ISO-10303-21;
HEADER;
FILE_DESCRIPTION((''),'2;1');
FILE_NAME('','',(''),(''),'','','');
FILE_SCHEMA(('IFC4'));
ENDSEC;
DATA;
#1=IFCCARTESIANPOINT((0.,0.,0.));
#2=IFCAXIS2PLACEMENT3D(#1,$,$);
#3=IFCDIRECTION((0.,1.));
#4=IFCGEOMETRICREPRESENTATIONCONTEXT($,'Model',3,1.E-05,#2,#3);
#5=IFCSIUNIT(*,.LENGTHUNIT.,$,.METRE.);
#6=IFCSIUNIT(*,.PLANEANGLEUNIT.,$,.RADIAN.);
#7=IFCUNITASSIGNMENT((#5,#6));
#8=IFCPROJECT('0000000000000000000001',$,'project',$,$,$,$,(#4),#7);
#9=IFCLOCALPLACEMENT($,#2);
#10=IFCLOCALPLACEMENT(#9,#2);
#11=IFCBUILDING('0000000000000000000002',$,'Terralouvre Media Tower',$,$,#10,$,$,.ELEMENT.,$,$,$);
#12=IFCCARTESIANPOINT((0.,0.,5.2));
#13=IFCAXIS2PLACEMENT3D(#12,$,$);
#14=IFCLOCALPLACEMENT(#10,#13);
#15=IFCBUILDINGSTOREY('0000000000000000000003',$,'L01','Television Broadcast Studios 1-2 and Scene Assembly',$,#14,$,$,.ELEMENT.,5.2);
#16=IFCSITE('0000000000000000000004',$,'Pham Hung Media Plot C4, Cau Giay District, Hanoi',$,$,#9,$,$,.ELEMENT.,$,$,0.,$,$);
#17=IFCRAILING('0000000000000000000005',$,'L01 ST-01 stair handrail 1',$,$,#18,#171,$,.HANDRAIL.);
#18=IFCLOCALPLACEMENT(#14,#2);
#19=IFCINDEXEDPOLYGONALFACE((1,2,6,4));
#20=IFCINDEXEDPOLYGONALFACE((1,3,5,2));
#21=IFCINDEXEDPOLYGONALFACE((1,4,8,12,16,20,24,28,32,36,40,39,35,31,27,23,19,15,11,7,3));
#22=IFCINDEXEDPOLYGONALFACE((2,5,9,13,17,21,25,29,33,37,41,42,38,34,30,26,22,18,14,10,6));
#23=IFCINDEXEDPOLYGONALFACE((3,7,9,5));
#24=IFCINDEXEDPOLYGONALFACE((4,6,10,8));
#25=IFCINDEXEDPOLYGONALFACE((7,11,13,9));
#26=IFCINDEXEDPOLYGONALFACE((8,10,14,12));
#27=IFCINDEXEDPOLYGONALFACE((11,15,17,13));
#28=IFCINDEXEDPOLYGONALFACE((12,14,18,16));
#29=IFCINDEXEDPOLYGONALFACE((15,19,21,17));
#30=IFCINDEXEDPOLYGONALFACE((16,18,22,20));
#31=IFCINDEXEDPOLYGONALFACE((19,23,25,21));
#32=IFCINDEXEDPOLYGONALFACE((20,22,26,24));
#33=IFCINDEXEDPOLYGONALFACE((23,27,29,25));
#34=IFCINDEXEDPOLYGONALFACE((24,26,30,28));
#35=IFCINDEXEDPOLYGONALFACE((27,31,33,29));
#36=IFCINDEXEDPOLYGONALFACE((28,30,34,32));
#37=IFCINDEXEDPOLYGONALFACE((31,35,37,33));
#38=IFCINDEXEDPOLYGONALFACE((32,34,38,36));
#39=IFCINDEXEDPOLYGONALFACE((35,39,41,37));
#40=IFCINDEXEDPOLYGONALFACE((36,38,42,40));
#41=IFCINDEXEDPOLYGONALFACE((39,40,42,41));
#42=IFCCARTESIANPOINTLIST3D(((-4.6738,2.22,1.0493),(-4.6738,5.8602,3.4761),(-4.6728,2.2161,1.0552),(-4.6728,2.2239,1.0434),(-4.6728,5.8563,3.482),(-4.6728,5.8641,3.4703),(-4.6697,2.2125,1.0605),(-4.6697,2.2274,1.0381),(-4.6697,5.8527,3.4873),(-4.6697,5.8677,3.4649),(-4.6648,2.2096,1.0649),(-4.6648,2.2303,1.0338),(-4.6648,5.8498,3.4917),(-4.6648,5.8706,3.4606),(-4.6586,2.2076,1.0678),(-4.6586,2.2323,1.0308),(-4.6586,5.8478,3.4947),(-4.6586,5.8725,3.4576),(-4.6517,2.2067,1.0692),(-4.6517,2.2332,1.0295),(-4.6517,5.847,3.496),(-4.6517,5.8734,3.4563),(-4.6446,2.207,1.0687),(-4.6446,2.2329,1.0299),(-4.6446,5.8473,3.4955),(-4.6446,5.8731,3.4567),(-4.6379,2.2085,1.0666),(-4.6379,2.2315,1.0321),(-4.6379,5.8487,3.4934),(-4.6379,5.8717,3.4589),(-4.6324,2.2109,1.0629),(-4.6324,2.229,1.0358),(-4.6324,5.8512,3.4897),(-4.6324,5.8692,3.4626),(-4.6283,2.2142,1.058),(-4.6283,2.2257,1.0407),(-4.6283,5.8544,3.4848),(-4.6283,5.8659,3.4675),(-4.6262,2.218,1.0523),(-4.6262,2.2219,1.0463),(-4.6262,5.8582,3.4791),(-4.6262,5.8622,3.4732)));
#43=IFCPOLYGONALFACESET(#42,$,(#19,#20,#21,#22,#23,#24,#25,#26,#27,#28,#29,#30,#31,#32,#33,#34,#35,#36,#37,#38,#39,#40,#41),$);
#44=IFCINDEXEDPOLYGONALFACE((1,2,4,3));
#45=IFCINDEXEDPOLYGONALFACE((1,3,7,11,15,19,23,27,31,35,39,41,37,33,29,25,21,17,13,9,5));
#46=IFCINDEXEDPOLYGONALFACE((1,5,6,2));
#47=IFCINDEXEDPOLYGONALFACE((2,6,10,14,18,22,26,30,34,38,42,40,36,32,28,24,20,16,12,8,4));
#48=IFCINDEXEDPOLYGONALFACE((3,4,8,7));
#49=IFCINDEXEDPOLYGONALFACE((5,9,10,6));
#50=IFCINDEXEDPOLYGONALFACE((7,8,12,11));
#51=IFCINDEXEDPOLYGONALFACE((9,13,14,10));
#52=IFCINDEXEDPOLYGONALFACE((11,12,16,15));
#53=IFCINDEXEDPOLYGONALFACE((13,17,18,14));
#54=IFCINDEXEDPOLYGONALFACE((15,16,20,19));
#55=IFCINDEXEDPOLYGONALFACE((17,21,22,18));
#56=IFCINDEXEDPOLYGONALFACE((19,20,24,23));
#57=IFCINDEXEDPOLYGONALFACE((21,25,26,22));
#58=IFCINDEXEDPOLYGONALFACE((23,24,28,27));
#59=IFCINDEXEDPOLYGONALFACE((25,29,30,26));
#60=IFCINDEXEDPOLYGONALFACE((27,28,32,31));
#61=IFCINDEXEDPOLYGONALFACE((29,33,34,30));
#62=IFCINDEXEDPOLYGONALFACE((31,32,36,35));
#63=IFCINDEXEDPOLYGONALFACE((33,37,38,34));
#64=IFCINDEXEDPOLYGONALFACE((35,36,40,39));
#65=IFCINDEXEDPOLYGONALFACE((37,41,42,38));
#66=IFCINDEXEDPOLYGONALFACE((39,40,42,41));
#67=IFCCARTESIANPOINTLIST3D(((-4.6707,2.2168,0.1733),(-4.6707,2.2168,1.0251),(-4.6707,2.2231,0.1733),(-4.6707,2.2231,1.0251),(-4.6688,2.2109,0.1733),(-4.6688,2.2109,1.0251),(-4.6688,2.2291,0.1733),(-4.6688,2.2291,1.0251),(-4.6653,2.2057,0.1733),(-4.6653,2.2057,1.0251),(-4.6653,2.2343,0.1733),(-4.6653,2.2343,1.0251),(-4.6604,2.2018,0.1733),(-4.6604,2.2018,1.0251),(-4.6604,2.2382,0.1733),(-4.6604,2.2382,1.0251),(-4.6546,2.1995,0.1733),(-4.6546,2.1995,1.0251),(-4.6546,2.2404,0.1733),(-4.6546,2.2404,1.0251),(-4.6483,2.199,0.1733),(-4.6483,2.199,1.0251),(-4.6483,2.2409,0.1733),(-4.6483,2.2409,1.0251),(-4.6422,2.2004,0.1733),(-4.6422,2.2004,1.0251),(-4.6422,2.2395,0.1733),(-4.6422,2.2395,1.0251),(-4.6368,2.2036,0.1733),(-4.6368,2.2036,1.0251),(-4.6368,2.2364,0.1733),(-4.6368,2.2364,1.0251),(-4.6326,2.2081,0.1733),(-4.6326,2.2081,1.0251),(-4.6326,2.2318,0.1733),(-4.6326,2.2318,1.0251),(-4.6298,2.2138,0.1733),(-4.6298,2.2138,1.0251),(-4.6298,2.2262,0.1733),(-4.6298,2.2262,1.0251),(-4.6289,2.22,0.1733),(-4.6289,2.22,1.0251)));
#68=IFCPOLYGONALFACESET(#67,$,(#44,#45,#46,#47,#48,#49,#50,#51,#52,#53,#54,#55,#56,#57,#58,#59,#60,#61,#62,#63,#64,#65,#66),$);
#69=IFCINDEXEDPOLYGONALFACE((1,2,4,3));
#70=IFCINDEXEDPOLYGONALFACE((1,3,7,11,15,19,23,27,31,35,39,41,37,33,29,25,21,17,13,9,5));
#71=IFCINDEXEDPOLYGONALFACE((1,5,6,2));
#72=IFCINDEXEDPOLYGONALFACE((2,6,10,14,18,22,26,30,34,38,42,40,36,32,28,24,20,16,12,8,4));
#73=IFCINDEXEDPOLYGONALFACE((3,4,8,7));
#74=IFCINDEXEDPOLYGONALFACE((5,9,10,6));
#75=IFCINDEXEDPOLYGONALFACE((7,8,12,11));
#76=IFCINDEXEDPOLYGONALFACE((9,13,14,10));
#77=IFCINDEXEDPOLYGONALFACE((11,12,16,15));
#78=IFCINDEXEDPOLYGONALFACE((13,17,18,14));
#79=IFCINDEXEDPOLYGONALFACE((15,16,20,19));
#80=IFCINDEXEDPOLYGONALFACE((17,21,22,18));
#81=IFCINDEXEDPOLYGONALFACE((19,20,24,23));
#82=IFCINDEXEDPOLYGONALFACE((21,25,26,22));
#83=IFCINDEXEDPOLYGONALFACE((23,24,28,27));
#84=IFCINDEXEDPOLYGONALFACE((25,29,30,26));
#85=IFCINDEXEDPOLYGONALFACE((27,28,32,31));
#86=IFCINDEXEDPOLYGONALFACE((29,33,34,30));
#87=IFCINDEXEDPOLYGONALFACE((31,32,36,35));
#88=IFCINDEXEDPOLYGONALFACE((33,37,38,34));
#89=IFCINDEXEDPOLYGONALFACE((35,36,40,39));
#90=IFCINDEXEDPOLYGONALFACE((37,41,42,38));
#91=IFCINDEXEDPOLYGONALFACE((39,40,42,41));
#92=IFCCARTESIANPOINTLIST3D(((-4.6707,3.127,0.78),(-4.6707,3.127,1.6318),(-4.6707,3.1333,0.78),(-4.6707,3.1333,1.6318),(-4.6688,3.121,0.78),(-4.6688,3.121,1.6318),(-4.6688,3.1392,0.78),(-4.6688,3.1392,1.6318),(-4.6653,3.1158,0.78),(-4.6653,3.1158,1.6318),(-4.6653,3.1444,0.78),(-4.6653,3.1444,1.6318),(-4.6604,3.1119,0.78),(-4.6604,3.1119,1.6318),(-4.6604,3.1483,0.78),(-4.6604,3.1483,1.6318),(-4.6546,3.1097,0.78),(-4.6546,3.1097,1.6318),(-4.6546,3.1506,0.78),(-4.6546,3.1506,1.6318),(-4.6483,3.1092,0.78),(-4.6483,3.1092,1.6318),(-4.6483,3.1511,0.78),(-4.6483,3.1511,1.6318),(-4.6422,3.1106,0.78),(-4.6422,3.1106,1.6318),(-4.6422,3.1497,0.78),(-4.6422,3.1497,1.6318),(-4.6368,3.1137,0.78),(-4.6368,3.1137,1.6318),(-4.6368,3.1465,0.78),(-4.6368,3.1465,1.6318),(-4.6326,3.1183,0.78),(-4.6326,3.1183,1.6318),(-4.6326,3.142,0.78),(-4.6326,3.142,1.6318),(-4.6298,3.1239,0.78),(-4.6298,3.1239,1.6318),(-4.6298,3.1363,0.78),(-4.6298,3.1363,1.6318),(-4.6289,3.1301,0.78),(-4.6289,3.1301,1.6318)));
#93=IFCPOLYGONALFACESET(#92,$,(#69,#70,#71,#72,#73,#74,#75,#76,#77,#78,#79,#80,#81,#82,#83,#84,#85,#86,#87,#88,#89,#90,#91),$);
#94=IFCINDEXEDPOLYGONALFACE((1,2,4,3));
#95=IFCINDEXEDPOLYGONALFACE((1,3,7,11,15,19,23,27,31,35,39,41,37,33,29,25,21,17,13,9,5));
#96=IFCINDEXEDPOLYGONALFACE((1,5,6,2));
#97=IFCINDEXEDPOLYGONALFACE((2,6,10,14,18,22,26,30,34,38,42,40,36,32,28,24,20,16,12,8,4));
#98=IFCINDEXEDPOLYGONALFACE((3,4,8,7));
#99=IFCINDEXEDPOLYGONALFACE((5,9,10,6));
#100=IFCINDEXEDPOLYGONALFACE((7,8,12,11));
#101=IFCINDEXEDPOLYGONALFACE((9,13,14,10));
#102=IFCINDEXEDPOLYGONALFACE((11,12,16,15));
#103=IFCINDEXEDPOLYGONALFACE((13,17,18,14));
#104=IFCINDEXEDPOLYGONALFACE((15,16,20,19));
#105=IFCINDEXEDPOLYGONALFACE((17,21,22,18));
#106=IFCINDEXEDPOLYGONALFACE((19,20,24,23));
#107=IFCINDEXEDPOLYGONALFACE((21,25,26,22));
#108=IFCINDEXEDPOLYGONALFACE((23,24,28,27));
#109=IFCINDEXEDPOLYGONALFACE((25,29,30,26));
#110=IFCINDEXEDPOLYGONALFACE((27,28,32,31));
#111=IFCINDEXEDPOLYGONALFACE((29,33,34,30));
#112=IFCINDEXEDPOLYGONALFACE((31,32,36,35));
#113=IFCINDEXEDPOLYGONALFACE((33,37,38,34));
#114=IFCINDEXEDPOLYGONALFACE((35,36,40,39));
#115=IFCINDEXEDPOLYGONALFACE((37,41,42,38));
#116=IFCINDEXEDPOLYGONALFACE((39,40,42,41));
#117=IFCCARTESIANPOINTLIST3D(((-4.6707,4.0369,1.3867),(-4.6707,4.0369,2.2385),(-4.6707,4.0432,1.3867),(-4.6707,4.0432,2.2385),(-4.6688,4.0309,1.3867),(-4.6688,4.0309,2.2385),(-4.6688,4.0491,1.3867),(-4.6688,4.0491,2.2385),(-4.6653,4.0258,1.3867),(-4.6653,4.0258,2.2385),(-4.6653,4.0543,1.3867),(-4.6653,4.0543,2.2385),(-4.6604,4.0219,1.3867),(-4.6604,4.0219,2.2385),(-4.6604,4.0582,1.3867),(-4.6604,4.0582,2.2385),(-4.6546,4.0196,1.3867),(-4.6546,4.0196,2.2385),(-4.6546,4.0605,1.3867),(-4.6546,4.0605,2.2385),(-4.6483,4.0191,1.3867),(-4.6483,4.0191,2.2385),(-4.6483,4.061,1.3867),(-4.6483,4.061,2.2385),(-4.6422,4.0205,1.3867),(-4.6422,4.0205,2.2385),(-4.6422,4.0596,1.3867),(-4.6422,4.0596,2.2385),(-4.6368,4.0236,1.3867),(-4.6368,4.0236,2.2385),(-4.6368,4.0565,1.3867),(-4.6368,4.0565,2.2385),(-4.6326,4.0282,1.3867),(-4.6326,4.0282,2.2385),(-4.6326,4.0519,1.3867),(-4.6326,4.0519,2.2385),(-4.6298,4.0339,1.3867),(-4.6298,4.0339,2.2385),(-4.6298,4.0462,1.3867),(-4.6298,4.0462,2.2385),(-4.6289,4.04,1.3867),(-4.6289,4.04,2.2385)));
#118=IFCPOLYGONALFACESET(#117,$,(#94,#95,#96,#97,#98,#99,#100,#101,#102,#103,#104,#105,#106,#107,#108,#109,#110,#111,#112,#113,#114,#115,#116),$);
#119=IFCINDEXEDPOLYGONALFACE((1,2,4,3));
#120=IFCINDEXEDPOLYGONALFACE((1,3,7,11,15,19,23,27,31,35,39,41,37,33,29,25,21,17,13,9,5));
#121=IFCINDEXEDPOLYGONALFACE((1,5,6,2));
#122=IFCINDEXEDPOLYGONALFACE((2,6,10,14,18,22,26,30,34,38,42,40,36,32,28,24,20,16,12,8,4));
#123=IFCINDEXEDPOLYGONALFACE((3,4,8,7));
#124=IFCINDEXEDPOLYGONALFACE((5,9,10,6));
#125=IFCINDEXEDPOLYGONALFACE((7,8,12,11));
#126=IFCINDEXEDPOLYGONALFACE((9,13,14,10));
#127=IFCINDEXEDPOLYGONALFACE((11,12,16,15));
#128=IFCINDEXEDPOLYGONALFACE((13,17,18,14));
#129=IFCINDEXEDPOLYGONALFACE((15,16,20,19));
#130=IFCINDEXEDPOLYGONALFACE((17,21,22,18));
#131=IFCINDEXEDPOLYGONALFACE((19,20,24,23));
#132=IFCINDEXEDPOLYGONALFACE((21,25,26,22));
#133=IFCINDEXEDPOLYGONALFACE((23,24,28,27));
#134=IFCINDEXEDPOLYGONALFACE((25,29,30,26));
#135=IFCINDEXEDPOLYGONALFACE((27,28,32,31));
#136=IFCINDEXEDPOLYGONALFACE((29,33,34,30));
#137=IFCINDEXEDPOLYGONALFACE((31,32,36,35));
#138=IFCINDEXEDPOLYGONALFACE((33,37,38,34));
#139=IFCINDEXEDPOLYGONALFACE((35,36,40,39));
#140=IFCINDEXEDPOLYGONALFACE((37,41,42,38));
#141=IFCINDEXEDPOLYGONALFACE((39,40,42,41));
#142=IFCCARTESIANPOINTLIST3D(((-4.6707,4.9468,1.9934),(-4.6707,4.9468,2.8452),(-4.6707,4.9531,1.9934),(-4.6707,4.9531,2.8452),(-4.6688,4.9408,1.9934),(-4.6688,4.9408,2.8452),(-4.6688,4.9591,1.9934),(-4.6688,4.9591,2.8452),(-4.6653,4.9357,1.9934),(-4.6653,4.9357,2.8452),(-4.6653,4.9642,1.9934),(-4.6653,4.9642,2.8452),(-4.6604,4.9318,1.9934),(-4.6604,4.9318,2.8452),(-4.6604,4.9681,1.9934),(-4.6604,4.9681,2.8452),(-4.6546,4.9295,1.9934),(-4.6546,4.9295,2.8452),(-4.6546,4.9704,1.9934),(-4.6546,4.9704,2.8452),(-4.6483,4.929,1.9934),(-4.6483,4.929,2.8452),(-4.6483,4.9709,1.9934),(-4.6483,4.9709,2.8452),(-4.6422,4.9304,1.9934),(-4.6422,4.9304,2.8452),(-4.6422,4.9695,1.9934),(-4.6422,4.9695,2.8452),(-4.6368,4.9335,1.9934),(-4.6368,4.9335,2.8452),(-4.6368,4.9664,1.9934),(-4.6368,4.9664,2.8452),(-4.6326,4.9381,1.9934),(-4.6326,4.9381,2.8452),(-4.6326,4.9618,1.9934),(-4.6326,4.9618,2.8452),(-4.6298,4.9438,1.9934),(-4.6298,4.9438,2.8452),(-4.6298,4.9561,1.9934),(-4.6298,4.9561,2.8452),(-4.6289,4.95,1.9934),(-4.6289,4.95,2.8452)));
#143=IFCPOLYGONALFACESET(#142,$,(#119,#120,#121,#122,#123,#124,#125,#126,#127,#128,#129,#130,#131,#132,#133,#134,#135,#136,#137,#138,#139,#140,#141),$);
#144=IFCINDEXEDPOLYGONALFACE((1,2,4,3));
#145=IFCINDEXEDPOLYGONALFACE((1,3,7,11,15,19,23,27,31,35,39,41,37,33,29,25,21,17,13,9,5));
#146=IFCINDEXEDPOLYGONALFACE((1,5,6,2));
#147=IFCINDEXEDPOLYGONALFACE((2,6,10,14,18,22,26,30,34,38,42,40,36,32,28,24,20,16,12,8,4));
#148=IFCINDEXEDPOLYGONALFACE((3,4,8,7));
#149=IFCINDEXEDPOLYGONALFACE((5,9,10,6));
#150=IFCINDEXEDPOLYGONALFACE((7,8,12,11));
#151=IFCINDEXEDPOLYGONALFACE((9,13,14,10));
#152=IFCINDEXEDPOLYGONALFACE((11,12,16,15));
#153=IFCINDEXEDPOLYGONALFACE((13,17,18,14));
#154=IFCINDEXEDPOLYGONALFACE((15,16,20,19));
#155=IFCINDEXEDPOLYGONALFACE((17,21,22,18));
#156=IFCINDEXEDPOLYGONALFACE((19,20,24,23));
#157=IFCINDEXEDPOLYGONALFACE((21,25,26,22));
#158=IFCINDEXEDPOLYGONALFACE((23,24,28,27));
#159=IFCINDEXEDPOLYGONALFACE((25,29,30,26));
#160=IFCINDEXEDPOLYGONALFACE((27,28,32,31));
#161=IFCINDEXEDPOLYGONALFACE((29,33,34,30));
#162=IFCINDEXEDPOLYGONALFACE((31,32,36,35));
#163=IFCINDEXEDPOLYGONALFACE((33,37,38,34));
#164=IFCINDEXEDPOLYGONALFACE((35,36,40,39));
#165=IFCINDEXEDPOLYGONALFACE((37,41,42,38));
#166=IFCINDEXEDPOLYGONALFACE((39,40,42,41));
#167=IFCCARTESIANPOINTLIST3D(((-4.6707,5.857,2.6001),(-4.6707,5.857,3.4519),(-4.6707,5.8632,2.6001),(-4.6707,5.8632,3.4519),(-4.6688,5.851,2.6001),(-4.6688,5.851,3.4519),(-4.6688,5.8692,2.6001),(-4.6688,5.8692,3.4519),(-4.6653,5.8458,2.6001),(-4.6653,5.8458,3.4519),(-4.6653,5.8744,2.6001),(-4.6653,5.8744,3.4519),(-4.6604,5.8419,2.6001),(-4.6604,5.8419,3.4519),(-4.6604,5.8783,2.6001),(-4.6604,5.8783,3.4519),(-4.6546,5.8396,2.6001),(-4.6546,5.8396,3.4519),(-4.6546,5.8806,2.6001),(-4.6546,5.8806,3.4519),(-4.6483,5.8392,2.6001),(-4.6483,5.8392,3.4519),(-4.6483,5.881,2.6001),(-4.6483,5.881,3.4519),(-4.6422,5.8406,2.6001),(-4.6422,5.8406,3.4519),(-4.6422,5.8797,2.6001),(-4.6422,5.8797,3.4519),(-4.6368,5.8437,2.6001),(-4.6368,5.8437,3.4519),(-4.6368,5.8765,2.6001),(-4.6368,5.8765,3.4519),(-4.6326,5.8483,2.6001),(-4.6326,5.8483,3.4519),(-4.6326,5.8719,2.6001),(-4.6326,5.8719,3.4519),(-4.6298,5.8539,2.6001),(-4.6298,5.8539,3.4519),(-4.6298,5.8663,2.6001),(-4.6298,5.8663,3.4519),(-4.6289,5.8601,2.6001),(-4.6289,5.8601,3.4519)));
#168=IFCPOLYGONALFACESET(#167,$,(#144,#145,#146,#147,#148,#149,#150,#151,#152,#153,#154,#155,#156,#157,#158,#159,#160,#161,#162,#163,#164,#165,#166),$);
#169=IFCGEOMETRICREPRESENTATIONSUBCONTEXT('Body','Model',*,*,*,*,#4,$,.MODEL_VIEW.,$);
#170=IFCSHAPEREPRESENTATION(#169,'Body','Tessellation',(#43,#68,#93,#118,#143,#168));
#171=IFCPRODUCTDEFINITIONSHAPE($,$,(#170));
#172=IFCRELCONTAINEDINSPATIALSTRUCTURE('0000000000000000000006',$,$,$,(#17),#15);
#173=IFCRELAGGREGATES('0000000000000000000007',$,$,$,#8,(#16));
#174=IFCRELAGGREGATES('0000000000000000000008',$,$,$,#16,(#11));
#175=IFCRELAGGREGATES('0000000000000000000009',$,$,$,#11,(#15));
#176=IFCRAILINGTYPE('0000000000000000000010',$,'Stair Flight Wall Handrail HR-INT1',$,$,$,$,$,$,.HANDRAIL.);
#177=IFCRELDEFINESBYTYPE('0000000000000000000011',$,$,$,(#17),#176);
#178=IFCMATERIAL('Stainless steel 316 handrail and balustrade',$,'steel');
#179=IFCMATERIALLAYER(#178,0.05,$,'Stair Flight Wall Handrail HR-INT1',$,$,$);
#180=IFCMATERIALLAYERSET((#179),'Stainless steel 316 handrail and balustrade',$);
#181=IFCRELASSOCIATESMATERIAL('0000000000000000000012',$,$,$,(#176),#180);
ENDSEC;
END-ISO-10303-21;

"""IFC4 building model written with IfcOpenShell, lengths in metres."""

from ifc_helpers import new_model, si_unit, direction, frame, origin, origin_2d, place, context, subcontext, project, spatial, circle, extrude, material, layer, layer_set, type_object, element, save


model = new_model("IFC4")

# Units and contexts
model_context = context("Model", 3, precision=1e-05, world=origin(), true_north=direction((0.0, 1.0)))
body_context = subcontext(model_context, "Body", "Model", "MODEL_VIEW")
ifc_project = project(units=[si_unit("LENGTHUNIT", "METRE"), si_unit("PLANEANGLEUNIT", "RADIAN")], contexts=[model_context])

# Site, building, storey
site_placement = place(None, origin())
site = spatial("IfcSite", under=ifc_project, at=site_placement, Name="Pham Hung Media Plot C4, Cau Giay District, Hanoi", CompositionType="ELEMENT", RefElevation=0.0)
building_placement = place(site_placement, origin())
building = spatial("IfcBuilding", under=site, at=building_placement, Name="Terralouvre Media Tower", CompositionType="ELEMENT")
storey_placement = place(building_placement, frame((0.0, 0.0, 5.2)))
storey = spatial("IfcBuildingStorey", under=building, at=storey_placement, Name="L01", Description="Television Broadcast Studios 1-2 and Scene Assembly", CompositionType="ELEMENT", Elevation=5.2)

# Railing
ifc_material_1 = material(Name="Stainless steel 316 handrail and balustrade", Category="steel")
ifc_layer_1 = layer(ifc_material_1, 0.05, Name="Stair Flight Wall Handrail HR-INT1")
ifc_layer_set_1 = layer_set([ifc_layer_1], Name="Stainless steel 316 handrail and balustrade")
railing_type_1 = type_object("IfcRailingType", Name="Stair Flight Wall Handrail HR-INT1", PredefinedType="HANDRAIL", material=ifc_layer_set_1)
railing_1_placement = place(storey_placement, frame((-4.6499, 2.22, 0.1733)))
element("IfcRailing", 1, at=railing_1_placement, inside=storey, type_object=railing_type_1, Name="L01 ST-01 stair handrail 1", PredefinedType="HANDRAIL", context=body_context, shape_type="SweptSolid", body=[
    extrude(circle(Radius=0.0239, at=origin_2d()), frame((0.0, 0.0, 0.876), z_axis=(0.0, 0.83205, 0.5547), x_axis=(-1.0, 0.0, 0.0)), (0.0, 0.0, 1.0), 4.375),
    extrude(circle(Radius=0.021, at=origin_2d()), origin(), (0.0, 0.0, 1.0), 0.8518),
    extrude(circle(Radius=0.021, at=origin_2d()), frame((0.0, 0.9102, 0.6067)), (0.0, 0.0, 1.0), 0.8518),
    extrude(circle(Radius=0.021, at=origin_2d()), frame((0.0, 1.8201, 1.2134)), (0.0, 0.0, 1.0), 0.8518),
    extrude(circle(Radius=0.021, at=origin_2d()), frame((0.0, 2.73, 1.8201)), (0.0, 0.0, 1.0), 0.8518),
    extrude(circle(Radius=0.021, at=origin_2d()), frame((0.0, 3.6401, 2.4268)), (0.0, 0.0, 1.0), 0.8518),
])

save(model, "model.ifc")
